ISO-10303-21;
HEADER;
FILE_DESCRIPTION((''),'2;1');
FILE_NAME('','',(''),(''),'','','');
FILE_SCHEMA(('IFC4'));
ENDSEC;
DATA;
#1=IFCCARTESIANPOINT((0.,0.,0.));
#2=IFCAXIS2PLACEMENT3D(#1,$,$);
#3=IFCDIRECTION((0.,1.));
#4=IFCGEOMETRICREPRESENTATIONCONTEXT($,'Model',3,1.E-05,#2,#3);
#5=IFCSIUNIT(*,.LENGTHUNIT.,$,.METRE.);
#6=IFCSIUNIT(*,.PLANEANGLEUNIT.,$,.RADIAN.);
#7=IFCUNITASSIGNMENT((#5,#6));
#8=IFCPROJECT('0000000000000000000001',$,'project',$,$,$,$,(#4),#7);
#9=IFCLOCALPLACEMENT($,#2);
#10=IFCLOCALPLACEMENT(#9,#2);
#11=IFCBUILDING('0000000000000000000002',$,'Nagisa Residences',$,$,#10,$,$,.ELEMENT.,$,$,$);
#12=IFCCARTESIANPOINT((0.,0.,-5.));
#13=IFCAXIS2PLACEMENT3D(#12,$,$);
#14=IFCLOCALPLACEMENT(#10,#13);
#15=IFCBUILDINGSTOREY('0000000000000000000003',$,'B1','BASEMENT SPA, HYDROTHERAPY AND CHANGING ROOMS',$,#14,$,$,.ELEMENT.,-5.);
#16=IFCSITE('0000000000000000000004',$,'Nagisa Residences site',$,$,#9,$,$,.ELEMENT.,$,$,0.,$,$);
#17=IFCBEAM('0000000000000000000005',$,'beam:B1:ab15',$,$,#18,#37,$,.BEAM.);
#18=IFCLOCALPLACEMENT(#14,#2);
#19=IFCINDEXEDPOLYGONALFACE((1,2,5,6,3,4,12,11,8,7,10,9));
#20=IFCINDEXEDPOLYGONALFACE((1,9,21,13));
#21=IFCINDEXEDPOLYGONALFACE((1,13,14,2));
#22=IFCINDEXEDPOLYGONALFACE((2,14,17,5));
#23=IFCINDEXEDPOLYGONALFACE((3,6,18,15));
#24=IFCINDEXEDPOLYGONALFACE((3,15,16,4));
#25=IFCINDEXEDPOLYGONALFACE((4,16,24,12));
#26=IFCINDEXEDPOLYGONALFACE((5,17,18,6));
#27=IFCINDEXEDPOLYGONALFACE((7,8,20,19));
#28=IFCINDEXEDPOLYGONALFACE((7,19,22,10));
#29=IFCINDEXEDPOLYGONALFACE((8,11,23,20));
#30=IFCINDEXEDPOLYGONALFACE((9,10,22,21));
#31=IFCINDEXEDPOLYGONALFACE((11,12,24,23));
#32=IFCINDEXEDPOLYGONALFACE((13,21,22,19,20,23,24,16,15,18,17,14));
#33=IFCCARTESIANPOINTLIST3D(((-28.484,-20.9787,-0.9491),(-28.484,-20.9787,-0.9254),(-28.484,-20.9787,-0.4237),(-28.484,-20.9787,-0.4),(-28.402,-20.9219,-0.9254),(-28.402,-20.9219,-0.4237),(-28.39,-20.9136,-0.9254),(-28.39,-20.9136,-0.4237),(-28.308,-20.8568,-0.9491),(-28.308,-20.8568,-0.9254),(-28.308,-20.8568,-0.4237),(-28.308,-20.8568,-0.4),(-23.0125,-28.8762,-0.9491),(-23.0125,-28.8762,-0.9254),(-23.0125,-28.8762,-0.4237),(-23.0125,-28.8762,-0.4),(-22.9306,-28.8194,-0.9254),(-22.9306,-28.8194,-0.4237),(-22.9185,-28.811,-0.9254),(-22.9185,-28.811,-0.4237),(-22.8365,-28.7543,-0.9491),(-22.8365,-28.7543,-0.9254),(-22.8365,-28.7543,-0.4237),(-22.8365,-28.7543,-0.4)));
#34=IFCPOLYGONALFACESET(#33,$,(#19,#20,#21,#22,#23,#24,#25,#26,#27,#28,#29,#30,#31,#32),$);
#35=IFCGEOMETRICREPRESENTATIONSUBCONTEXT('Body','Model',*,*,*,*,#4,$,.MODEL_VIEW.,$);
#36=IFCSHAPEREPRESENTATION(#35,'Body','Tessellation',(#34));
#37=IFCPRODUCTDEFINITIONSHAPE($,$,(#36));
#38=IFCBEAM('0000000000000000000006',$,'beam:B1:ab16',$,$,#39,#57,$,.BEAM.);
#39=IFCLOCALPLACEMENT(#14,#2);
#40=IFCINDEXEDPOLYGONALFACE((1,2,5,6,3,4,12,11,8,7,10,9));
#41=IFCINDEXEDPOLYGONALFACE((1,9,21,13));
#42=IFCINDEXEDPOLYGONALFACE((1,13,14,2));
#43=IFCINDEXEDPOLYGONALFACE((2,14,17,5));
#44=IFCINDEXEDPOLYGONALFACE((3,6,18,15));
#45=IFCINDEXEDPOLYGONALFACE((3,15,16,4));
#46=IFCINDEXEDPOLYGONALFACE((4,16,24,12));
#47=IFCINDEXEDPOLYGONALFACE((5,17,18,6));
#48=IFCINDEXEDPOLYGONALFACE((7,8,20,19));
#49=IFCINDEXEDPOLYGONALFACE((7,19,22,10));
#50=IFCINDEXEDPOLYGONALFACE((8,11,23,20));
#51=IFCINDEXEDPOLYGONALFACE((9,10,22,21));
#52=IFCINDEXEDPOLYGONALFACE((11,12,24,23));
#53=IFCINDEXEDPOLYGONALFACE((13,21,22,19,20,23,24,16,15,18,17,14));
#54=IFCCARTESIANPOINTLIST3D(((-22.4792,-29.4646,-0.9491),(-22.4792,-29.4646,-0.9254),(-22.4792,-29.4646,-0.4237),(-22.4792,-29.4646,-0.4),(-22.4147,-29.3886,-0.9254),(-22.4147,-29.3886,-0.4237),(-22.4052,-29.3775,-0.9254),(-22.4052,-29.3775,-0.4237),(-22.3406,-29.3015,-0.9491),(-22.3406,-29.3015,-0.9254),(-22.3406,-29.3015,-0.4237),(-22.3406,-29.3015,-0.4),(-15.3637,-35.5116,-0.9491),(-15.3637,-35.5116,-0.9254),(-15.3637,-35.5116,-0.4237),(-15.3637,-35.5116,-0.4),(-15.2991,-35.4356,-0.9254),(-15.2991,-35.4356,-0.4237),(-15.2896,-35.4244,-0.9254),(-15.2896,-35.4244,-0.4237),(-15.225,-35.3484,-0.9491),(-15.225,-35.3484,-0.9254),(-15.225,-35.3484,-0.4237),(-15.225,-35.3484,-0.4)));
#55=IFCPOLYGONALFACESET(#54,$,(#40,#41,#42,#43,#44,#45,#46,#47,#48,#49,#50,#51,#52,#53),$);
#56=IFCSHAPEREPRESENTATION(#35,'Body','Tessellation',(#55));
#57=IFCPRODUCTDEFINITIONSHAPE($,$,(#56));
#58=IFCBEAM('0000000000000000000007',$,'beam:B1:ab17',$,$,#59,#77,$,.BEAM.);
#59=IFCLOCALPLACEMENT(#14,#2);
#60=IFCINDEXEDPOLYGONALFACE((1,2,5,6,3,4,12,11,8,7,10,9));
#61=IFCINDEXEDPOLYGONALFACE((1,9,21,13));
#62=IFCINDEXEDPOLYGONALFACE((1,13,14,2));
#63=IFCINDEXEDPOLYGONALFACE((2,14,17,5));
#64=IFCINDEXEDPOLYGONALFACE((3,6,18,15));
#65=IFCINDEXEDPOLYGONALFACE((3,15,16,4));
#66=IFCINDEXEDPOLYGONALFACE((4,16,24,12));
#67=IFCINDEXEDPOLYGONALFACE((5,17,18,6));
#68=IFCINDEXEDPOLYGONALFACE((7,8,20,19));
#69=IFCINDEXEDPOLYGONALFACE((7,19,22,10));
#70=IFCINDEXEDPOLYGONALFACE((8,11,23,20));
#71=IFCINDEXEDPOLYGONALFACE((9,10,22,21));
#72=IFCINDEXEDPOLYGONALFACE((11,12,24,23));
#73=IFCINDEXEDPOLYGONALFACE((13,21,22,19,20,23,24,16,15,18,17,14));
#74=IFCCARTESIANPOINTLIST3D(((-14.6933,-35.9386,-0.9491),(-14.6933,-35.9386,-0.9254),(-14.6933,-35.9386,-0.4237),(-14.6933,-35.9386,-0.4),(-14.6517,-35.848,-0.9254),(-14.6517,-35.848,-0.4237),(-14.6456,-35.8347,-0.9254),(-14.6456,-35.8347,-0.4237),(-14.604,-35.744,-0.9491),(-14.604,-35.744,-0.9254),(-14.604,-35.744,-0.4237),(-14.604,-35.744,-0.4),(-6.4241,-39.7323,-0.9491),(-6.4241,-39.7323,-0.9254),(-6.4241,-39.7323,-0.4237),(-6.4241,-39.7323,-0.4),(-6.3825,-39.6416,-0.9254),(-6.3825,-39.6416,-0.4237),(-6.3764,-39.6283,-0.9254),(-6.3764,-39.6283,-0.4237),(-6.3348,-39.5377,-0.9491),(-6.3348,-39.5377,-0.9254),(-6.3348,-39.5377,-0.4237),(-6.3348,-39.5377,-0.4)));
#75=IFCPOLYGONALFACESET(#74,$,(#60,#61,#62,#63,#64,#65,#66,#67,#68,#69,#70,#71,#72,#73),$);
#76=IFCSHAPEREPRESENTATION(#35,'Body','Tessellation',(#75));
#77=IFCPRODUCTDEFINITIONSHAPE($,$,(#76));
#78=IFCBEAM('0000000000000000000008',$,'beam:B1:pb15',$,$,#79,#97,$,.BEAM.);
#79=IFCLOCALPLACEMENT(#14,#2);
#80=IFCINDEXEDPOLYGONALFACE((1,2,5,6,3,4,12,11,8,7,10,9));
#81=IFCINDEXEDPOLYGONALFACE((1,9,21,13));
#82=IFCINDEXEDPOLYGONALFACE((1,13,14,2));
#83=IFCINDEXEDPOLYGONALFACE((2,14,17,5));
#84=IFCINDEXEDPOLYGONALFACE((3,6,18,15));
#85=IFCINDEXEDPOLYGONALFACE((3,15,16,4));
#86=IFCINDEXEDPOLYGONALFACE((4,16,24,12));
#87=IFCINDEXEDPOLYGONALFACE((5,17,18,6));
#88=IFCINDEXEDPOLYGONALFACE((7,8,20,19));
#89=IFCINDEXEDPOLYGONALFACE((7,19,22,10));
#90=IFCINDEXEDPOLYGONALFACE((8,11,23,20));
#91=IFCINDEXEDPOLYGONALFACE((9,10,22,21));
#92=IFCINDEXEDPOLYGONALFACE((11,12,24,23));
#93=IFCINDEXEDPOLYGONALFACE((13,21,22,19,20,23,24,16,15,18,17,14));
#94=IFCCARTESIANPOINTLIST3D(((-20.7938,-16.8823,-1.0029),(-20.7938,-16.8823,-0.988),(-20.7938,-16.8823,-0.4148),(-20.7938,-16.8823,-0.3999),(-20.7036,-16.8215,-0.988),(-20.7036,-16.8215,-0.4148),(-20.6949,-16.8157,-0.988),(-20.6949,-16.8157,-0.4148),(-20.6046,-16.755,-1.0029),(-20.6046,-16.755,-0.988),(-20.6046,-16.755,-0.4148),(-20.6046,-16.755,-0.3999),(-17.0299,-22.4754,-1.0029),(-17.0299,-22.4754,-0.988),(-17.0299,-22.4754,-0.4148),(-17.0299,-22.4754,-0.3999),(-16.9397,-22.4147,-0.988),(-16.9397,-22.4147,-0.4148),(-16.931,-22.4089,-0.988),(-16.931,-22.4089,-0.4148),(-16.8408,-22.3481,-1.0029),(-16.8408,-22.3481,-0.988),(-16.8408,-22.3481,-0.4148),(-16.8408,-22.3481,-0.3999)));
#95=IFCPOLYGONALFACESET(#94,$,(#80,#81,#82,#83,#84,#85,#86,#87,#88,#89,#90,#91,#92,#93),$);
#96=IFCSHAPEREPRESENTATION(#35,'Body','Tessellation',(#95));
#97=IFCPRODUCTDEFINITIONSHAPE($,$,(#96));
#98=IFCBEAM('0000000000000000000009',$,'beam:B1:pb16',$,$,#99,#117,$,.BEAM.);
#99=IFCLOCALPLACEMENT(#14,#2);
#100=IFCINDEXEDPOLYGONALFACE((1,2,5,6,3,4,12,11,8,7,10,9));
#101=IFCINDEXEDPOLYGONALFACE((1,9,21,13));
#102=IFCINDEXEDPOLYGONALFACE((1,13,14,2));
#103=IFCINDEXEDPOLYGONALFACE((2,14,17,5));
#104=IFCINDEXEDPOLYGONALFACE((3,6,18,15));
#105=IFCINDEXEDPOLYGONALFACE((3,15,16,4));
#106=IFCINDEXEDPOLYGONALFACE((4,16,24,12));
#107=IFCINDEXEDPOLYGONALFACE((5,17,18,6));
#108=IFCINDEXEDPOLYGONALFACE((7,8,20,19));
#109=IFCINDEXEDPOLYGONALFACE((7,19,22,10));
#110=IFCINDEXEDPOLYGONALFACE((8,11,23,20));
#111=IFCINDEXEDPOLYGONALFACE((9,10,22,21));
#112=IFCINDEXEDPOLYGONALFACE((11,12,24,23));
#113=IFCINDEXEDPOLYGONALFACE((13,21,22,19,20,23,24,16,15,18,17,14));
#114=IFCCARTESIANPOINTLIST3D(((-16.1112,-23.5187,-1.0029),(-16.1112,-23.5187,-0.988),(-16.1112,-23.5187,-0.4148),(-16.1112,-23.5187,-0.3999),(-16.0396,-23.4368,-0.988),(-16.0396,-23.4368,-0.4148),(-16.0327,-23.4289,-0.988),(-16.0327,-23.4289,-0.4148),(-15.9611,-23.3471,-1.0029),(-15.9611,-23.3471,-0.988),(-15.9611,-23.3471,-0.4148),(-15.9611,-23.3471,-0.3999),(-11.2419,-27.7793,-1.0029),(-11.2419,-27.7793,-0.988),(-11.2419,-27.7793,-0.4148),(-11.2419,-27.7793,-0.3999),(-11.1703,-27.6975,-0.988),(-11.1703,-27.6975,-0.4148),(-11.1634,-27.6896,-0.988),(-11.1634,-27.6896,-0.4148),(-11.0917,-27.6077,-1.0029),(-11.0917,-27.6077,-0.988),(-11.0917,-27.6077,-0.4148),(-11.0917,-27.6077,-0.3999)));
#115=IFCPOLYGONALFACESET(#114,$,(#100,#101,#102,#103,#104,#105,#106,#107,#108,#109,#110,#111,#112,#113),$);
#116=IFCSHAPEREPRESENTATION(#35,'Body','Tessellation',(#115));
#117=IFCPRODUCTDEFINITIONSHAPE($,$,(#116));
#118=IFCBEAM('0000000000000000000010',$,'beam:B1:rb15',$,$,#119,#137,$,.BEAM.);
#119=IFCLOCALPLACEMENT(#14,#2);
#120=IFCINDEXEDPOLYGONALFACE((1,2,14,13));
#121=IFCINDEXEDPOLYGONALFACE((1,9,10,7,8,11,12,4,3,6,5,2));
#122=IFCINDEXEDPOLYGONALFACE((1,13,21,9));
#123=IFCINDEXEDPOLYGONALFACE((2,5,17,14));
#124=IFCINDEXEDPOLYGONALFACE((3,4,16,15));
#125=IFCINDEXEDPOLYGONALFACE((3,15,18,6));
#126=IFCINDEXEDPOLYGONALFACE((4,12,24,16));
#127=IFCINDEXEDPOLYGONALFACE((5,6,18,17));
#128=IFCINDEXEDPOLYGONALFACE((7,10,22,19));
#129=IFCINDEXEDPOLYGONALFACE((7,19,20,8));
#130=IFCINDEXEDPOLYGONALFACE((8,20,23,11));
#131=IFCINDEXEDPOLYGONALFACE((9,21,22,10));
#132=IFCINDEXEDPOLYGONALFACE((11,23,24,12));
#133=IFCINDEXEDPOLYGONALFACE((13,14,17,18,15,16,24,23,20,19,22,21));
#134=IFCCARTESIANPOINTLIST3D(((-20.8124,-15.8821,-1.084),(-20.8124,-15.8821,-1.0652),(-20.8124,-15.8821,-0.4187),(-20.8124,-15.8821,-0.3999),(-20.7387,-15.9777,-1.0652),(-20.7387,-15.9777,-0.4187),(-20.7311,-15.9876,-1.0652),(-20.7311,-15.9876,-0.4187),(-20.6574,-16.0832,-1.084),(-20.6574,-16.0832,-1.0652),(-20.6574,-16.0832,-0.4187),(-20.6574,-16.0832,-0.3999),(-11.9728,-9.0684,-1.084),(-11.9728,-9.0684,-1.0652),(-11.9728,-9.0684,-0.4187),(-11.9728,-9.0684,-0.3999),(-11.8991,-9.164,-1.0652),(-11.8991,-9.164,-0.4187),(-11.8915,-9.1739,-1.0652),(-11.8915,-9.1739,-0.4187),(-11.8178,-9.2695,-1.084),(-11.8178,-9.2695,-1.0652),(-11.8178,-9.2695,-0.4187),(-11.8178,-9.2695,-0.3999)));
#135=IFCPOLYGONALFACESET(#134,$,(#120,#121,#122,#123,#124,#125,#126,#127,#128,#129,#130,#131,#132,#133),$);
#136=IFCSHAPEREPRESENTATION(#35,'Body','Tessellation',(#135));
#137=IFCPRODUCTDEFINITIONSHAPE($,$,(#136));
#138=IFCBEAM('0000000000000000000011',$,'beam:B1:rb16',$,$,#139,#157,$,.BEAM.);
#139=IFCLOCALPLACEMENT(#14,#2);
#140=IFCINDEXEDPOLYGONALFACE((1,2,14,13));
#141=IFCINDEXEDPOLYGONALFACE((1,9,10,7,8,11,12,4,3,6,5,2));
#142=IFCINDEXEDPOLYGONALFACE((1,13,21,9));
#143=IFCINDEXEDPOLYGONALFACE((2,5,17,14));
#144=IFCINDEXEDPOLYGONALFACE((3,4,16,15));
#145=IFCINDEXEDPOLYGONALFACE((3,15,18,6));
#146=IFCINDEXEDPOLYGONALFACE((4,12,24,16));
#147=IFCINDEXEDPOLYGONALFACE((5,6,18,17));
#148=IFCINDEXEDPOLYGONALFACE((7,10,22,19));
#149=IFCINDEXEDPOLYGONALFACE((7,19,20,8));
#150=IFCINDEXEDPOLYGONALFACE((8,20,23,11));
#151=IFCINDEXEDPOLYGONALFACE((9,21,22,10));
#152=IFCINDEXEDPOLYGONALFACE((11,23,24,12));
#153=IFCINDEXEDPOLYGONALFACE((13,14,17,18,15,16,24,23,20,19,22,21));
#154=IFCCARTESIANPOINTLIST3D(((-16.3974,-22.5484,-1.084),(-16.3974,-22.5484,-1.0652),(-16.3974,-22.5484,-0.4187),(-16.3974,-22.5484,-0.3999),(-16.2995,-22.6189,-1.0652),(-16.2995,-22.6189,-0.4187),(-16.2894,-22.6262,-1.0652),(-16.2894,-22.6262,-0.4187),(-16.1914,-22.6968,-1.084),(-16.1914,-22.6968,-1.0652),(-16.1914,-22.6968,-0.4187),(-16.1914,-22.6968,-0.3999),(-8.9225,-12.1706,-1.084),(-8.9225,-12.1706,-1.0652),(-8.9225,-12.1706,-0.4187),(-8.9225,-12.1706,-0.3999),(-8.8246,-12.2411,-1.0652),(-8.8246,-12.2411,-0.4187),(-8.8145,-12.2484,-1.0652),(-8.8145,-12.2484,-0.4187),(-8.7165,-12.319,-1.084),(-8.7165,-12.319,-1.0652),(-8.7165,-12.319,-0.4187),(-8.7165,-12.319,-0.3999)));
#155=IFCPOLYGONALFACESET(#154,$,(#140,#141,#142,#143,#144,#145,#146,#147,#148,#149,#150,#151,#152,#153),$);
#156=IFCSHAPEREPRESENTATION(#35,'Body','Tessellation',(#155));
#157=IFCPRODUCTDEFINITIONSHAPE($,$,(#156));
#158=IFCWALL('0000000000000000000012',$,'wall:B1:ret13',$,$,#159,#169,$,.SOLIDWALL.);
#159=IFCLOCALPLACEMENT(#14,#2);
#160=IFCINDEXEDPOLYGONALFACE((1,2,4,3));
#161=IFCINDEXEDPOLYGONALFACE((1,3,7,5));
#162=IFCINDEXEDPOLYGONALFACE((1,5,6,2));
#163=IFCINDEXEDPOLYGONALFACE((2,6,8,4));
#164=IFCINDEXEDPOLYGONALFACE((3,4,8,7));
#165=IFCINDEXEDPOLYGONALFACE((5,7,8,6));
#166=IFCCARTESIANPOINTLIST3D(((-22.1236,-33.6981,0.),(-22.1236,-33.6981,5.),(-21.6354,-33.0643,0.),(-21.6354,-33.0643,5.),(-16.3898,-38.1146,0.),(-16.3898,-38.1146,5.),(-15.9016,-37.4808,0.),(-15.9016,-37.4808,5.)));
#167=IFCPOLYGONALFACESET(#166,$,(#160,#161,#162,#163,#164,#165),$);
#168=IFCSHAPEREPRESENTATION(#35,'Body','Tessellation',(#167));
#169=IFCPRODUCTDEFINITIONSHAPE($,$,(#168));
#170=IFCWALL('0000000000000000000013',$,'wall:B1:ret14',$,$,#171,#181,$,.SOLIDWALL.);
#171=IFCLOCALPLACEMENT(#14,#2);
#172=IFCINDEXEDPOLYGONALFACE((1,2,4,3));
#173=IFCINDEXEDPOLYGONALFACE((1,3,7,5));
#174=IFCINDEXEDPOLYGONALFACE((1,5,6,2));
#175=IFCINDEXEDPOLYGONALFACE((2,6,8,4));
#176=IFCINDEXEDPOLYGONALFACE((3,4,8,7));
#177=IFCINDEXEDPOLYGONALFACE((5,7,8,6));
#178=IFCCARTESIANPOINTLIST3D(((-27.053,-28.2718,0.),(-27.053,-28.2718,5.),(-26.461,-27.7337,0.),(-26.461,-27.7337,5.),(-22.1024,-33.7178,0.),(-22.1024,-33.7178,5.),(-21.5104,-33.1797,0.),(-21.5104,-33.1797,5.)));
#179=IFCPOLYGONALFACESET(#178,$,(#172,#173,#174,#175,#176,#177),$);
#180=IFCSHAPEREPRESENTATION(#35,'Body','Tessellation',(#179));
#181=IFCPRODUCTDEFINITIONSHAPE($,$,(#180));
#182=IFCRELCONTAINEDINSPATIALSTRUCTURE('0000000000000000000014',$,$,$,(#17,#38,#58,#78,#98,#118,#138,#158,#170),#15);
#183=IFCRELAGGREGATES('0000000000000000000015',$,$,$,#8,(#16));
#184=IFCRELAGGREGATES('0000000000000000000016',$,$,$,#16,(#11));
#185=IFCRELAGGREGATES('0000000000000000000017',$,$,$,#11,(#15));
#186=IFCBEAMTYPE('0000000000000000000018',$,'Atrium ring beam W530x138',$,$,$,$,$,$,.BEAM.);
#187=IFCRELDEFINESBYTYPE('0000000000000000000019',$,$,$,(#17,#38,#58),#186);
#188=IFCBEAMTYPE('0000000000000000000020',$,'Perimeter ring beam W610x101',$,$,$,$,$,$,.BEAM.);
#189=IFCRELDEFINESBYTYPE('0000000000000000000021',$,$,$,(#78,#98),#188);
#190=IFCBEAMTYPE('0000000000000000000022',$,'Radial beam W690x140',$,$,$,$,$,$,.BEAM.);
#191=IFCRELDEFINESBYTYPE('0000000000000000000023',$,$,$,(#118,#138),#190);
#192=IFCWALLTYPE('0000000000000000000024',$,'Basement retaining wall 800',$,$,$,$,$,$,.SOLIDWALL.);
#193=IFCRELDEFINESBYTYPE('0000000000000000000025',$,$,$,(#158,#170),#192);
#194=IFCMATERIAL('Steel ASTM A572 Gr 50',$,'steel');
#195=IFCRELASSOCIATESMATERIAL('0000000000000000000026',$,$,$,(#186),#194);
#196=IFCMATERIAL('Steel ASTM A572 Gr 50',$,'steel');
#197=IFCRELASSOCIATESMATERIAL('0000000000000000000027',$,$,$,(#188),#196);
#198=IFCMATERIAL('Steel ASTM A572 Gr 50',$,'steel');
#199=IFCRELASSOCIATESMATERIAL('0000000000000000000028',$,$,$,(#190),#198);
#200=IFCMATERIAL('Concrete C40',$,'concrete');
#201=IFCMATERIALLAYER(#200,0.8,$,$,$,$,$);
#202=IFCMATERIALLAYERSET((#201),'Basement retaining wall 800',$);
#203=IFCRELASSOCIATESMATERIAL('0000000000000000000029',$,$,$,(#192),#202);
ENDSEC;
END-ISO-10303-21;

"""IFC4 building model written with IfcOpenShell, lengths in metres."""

from ifc_helpers import new_model, si_unit, direction, frame, frame_2d, origin, origin_2d, place, context, subcontext, project, spatial, rectangle, i_section, extrude, material, layer, layer_set, material_profile, profile_set, type_object, element, save


model = new_model("IFC4")

# Units and contexts
model_context = context("Model", 3, precision=1e-05, world=origin(), true_north=direction((0.0, 1.0)))
body_context = subcontext(model_context, "Body", "Model", "MODEL_VIEW")
ifc_project = project(units=[si_unit("LENGTHUNIT", "METRE"), si_unit("PLANEANGLEUNIT", "RADIAN")], contexts=[model_context])

# Site, building, storey
site_placement = place(None, origin())
site = spatial("IfcSite", under=ifc_project, at=site_placement, Name="Nagisa Residences site", CompositionType="ELEMENT", RefElevation=0.0)
building_placement = place(site_placement, origin())
building = spatial("IfcBuilding", under=site, at=building_placement, Name="Nagisa Residences", CompositionType="ELEMENT")
storey_placement = place(building_placement, frame((0.0, 0.0, -5.0)))
storey = spatial("IfcBuildingStorey", under=building, at=storey_placement, Name="B1", Description="BASEMENT SPA, HYDROTHERAPY AND CHANGING ROOMS", CompositionType="ELEMENT", Elevation=-5.0)

# Beams
ifc_material_1 = material(Name="Steel ASTM A572 Gr 50", Category="steel")
ifc_material_profile_1 = material_profile(ifc_material_1, i_section(OverallWidth=0.2141, OverallDepth=0.5491, WebThickness=0.0146, FlangeThickness=0.0237, at=origin_2d()), Name="W530x138")
ifc_profile_set_1 = profile_set([ifc_material_profile_1], Name="Steel ASTM A572 Gr 50")
beam_type_1 = type_object("IfcBeamType", Name="Atrium ring beam W530x138", PredefinedType="BEAM", material=ifc_profile_set_1)
beam_1_placement = place(storey_placement, frame((-28.396, -20.9177, -0.6746), z_axis=(0.569489, -0.821999, 0.0), x_axis=(0.821999, 0.569489, 0.0)))
element("IfcBeam", 1, at=beam_1_placement, inside=storey, type_object=beam_type_1, Name="beam:B1:ab15", PredefinedType="BEAM", context=body_context, shape_type="SweptSolid", body=[
    extrude(i_section(OverallWidth=0.2141, OverallDepth=0.5491, WebThickness=0.0146, FlangeThickness=0.0237, at=origin_2d()), origin(), (0.0, 0.0, 1.0), 9.6077),
])
beam_2_placement = place(storey_placement, frame((-22.4099, -29.3831, -0.6746), z_axis=(0.762007, -0.647569, 0.0), x_axis=(0.647569, 0.762007, 0.0)))
element("IfcBeam", 2, at=beam_2_placement, inside=storey, type_object=beam_type_1, Name="beam:B1:ab16", PredefinedType="BEAM", context=body_context, shape_type="SweptSolid", body=[
    extrude(i_section(OverallWidth=0.2141, OverallDepth=0.5491, WebThickness=0.0146, FlangeThickness=0.0237, at=origin_2d()), origin(), (0.0, 0.0, 1.0), 9.3379),
])
beam_3_placement = place(storey_placement, frame((-14.6487, -35.8413, -0.6746), z_axis=(0.908914, -0.416983, 0.0), x_axis=(0.416983, 0.908914, 0.0)))
element("IfcBeam", 3, at=beam_3_placement, inside=storey, type_object=beam_type_1, Name="beam:B1:ab17", PredefinedType="BEAM", context=body_context, shape_type="SweptSolid", body=[
    extrude(i_section(OverallWidth=0.2141, OverallDepth=0.5491, WebThickness=0.0146, FlangeThickness=0.0237, at=origin_2d()), origin(), (0.0, 0.0, 1.0), 9.0979),
])
ifc_material_2 = material(Name="Steel ASTM A572 Gr 50", Category="steel")
ifc_material_profile_2 = material_profile(ifc_material_2, i_section(OverallWidth=0.228, OverallDepth=0.603, WebThickness=0.0105, FlangeThickness=0.0149, at=origin_2d()), Name="W610x101")
ifc_profile_set_2 = profile_set([ifc_material_profile_2], Name="Steel ASTM A572 Gr 50")
beam_type_2 = type_object("IfcBeamType", Name="Perimeter ring beam W610x101", PredefinedType="BEAM", material=ifc_profile_set_2)
beam_4_placement = place(storey_placement, frame((-20.6992, -16.8186, -0.7014), z_axis=(0.558297, -0.829641, 0.0), x_axis=(0.829641, 0.558297, 0.0)))
element("IfcBeam", 4, at=beam_4_placement, inside=storey, type_object=beam_type_2, Name="beam:B1:pb15", PredefinedType="BEAM", context=body_context, shape_type="SweptSolid", body=[
    extrude(i_section(OverallWidth=0.228, OverallDepth=0.603, WebThickness=0.0105, FlangeThickness=0.0149, at=origin_2d()), origin(), (0.0, 0.0, 1.0), 6.7417),
])
beam_5_placement = place(storey_placement, frame((-16.0361, -23.4329, -0.7014), z_axis=(0.752574, -0.658507, 0.0), x_axis=(0.658507, 0.752574, 0.0)))
element("IfcBeam", 5, at=beam_5_placement, inside=storey, type_object=beam_type_2, Name="beam:B1:pb16", PredefinedType="BEAM", context=body_context, shape_type="SweptSolid", body=[
    extrude(i_section(OverallWidth=0.228, OverallDepth=0.603, WebThickness=0.0105, FlangeThickness=0.0149, at=origin_2d()), origin(), (0.0, 0.0, 1.0), 6.4702),
])
ifc_material_3 = material(Name="Steel ASTM A572 Gr 50", Category="steel")
ifc_material_profile_3 = material_profile(ifc_material_3, i_section(OverallWidth=0.2539, OverallDepth=0.6841, WebThickness=0.0125, FlangeThickness=0.0188, at=origin_2d()), Name="W690x140")
ifc_profile_set_3 = profile_set([ifc_material_profile_3], Name="Steel ASTM A572 Gr 50")
beam_type_3 = type_object("IfcBeamType", Name="Radial beam W690x140", PredefinedType="BEAM", material=ifc_profile_set_3)
beam_6_placement = place(storey_placement, frame((-20.7349, -15.9827, -0.7419), z_axis=(0.792016, 0.6105, 0.0), x_axis=(-0.6105, 0.792016, 0.0)))
element("IfcBeam", 6, at=beam_6_placement, inside=storey, type_object=beam_type_3, Name="beam:B1:rb15", PredefinedType="BEAM", context=body_context, shape_type="SweptSolid", body=[
    extrude(i_section(OverallWidth=0.2539, OverallDepth=0.6841, WebThickness=0.0125, FlangeThickness=0.0188, at=origin_2d()), origin(), (0.0, 0.0, 1.0), 11.1609),
])
beam_7_placement = place(storey_placement, frame((-16.2944, -22.6226, -0.7419), z_axis=(0.584455, 0.811426, 0.0), x_axis=(-0.811426, 0.584455, 0.0)))
element("IfcBeam", 7, at=beam_7_placement, inside=storey, type_object=beam_type_3, Name="beam:B1:rb16", PredefinedType="BEAM", context=body_context, shape_type="SweptSolid", body=[
    extrude(i_section(OverallWidth=0.2539, OverallDepth=0.6841, WebThickness=0.0125, FlangeThickness=0.0188, at=origin_2d()), origin(), (0.0, 0.0, 1.0), 12.7896),
])

# Walls
ifc_material_4 = material(Name="Concrete C40", Category="concrete")
ifc_layer_1 = layer(ifc_material_4, 0.8)
ifc_layer_set_1 = layer_set([ifc_layer_1], Name="Basement retaining wall 800")
wall_type_1 = type_object("IfcWallType", Name="Basement retaining wall 800", PredefinedType="SOLIDWALL", material=ifc_layer_set_1)
wall_1_placement = place(storey_placement, frame((-16.1458, -37.7976, 0.0), z_axis=(0.0, 0.0, 1.0), x_axis=(-0.792235, 0.610216, 0.0)))
element("IfcWall", 8, at=wall_1_placement, inside=storey, type_object=wall_type_1, Name="wall:B1:ret13", PredefinedType="SOLIDWALL", context=body_context, shape_type="SweptSolid", body=[
    extrude(rectangle(XDim=7.2375, YDim=0.8, at=frame_2d((3.6187, 0.0))), origin(), (0.0, 0.0, 1.0), 5.0),
])
wall_2_placement = place(storey_placement, frame((-21.8064, -33.4487, 0.0), z_axis=(0.0, 0.0, 1.0), x_axis=(-0.672653, 0.739958, 0.0)))
element("IfcWall", 9, at=wall_2_placement, inside=storey, type_object=wall_type_1, Name="wall:B1:ret14", PredefinedType="SOLIDWALL", context=body_context, shape_type="SweptSolid", body=[
    extrude(rectangle(XDim=7.3599, YDim=0.8, at=frame_2d((3.6799, 0.0))), origin(), (0.0, 0.0, 1.0), 5.0),
])

save(model, "model.ifc")
